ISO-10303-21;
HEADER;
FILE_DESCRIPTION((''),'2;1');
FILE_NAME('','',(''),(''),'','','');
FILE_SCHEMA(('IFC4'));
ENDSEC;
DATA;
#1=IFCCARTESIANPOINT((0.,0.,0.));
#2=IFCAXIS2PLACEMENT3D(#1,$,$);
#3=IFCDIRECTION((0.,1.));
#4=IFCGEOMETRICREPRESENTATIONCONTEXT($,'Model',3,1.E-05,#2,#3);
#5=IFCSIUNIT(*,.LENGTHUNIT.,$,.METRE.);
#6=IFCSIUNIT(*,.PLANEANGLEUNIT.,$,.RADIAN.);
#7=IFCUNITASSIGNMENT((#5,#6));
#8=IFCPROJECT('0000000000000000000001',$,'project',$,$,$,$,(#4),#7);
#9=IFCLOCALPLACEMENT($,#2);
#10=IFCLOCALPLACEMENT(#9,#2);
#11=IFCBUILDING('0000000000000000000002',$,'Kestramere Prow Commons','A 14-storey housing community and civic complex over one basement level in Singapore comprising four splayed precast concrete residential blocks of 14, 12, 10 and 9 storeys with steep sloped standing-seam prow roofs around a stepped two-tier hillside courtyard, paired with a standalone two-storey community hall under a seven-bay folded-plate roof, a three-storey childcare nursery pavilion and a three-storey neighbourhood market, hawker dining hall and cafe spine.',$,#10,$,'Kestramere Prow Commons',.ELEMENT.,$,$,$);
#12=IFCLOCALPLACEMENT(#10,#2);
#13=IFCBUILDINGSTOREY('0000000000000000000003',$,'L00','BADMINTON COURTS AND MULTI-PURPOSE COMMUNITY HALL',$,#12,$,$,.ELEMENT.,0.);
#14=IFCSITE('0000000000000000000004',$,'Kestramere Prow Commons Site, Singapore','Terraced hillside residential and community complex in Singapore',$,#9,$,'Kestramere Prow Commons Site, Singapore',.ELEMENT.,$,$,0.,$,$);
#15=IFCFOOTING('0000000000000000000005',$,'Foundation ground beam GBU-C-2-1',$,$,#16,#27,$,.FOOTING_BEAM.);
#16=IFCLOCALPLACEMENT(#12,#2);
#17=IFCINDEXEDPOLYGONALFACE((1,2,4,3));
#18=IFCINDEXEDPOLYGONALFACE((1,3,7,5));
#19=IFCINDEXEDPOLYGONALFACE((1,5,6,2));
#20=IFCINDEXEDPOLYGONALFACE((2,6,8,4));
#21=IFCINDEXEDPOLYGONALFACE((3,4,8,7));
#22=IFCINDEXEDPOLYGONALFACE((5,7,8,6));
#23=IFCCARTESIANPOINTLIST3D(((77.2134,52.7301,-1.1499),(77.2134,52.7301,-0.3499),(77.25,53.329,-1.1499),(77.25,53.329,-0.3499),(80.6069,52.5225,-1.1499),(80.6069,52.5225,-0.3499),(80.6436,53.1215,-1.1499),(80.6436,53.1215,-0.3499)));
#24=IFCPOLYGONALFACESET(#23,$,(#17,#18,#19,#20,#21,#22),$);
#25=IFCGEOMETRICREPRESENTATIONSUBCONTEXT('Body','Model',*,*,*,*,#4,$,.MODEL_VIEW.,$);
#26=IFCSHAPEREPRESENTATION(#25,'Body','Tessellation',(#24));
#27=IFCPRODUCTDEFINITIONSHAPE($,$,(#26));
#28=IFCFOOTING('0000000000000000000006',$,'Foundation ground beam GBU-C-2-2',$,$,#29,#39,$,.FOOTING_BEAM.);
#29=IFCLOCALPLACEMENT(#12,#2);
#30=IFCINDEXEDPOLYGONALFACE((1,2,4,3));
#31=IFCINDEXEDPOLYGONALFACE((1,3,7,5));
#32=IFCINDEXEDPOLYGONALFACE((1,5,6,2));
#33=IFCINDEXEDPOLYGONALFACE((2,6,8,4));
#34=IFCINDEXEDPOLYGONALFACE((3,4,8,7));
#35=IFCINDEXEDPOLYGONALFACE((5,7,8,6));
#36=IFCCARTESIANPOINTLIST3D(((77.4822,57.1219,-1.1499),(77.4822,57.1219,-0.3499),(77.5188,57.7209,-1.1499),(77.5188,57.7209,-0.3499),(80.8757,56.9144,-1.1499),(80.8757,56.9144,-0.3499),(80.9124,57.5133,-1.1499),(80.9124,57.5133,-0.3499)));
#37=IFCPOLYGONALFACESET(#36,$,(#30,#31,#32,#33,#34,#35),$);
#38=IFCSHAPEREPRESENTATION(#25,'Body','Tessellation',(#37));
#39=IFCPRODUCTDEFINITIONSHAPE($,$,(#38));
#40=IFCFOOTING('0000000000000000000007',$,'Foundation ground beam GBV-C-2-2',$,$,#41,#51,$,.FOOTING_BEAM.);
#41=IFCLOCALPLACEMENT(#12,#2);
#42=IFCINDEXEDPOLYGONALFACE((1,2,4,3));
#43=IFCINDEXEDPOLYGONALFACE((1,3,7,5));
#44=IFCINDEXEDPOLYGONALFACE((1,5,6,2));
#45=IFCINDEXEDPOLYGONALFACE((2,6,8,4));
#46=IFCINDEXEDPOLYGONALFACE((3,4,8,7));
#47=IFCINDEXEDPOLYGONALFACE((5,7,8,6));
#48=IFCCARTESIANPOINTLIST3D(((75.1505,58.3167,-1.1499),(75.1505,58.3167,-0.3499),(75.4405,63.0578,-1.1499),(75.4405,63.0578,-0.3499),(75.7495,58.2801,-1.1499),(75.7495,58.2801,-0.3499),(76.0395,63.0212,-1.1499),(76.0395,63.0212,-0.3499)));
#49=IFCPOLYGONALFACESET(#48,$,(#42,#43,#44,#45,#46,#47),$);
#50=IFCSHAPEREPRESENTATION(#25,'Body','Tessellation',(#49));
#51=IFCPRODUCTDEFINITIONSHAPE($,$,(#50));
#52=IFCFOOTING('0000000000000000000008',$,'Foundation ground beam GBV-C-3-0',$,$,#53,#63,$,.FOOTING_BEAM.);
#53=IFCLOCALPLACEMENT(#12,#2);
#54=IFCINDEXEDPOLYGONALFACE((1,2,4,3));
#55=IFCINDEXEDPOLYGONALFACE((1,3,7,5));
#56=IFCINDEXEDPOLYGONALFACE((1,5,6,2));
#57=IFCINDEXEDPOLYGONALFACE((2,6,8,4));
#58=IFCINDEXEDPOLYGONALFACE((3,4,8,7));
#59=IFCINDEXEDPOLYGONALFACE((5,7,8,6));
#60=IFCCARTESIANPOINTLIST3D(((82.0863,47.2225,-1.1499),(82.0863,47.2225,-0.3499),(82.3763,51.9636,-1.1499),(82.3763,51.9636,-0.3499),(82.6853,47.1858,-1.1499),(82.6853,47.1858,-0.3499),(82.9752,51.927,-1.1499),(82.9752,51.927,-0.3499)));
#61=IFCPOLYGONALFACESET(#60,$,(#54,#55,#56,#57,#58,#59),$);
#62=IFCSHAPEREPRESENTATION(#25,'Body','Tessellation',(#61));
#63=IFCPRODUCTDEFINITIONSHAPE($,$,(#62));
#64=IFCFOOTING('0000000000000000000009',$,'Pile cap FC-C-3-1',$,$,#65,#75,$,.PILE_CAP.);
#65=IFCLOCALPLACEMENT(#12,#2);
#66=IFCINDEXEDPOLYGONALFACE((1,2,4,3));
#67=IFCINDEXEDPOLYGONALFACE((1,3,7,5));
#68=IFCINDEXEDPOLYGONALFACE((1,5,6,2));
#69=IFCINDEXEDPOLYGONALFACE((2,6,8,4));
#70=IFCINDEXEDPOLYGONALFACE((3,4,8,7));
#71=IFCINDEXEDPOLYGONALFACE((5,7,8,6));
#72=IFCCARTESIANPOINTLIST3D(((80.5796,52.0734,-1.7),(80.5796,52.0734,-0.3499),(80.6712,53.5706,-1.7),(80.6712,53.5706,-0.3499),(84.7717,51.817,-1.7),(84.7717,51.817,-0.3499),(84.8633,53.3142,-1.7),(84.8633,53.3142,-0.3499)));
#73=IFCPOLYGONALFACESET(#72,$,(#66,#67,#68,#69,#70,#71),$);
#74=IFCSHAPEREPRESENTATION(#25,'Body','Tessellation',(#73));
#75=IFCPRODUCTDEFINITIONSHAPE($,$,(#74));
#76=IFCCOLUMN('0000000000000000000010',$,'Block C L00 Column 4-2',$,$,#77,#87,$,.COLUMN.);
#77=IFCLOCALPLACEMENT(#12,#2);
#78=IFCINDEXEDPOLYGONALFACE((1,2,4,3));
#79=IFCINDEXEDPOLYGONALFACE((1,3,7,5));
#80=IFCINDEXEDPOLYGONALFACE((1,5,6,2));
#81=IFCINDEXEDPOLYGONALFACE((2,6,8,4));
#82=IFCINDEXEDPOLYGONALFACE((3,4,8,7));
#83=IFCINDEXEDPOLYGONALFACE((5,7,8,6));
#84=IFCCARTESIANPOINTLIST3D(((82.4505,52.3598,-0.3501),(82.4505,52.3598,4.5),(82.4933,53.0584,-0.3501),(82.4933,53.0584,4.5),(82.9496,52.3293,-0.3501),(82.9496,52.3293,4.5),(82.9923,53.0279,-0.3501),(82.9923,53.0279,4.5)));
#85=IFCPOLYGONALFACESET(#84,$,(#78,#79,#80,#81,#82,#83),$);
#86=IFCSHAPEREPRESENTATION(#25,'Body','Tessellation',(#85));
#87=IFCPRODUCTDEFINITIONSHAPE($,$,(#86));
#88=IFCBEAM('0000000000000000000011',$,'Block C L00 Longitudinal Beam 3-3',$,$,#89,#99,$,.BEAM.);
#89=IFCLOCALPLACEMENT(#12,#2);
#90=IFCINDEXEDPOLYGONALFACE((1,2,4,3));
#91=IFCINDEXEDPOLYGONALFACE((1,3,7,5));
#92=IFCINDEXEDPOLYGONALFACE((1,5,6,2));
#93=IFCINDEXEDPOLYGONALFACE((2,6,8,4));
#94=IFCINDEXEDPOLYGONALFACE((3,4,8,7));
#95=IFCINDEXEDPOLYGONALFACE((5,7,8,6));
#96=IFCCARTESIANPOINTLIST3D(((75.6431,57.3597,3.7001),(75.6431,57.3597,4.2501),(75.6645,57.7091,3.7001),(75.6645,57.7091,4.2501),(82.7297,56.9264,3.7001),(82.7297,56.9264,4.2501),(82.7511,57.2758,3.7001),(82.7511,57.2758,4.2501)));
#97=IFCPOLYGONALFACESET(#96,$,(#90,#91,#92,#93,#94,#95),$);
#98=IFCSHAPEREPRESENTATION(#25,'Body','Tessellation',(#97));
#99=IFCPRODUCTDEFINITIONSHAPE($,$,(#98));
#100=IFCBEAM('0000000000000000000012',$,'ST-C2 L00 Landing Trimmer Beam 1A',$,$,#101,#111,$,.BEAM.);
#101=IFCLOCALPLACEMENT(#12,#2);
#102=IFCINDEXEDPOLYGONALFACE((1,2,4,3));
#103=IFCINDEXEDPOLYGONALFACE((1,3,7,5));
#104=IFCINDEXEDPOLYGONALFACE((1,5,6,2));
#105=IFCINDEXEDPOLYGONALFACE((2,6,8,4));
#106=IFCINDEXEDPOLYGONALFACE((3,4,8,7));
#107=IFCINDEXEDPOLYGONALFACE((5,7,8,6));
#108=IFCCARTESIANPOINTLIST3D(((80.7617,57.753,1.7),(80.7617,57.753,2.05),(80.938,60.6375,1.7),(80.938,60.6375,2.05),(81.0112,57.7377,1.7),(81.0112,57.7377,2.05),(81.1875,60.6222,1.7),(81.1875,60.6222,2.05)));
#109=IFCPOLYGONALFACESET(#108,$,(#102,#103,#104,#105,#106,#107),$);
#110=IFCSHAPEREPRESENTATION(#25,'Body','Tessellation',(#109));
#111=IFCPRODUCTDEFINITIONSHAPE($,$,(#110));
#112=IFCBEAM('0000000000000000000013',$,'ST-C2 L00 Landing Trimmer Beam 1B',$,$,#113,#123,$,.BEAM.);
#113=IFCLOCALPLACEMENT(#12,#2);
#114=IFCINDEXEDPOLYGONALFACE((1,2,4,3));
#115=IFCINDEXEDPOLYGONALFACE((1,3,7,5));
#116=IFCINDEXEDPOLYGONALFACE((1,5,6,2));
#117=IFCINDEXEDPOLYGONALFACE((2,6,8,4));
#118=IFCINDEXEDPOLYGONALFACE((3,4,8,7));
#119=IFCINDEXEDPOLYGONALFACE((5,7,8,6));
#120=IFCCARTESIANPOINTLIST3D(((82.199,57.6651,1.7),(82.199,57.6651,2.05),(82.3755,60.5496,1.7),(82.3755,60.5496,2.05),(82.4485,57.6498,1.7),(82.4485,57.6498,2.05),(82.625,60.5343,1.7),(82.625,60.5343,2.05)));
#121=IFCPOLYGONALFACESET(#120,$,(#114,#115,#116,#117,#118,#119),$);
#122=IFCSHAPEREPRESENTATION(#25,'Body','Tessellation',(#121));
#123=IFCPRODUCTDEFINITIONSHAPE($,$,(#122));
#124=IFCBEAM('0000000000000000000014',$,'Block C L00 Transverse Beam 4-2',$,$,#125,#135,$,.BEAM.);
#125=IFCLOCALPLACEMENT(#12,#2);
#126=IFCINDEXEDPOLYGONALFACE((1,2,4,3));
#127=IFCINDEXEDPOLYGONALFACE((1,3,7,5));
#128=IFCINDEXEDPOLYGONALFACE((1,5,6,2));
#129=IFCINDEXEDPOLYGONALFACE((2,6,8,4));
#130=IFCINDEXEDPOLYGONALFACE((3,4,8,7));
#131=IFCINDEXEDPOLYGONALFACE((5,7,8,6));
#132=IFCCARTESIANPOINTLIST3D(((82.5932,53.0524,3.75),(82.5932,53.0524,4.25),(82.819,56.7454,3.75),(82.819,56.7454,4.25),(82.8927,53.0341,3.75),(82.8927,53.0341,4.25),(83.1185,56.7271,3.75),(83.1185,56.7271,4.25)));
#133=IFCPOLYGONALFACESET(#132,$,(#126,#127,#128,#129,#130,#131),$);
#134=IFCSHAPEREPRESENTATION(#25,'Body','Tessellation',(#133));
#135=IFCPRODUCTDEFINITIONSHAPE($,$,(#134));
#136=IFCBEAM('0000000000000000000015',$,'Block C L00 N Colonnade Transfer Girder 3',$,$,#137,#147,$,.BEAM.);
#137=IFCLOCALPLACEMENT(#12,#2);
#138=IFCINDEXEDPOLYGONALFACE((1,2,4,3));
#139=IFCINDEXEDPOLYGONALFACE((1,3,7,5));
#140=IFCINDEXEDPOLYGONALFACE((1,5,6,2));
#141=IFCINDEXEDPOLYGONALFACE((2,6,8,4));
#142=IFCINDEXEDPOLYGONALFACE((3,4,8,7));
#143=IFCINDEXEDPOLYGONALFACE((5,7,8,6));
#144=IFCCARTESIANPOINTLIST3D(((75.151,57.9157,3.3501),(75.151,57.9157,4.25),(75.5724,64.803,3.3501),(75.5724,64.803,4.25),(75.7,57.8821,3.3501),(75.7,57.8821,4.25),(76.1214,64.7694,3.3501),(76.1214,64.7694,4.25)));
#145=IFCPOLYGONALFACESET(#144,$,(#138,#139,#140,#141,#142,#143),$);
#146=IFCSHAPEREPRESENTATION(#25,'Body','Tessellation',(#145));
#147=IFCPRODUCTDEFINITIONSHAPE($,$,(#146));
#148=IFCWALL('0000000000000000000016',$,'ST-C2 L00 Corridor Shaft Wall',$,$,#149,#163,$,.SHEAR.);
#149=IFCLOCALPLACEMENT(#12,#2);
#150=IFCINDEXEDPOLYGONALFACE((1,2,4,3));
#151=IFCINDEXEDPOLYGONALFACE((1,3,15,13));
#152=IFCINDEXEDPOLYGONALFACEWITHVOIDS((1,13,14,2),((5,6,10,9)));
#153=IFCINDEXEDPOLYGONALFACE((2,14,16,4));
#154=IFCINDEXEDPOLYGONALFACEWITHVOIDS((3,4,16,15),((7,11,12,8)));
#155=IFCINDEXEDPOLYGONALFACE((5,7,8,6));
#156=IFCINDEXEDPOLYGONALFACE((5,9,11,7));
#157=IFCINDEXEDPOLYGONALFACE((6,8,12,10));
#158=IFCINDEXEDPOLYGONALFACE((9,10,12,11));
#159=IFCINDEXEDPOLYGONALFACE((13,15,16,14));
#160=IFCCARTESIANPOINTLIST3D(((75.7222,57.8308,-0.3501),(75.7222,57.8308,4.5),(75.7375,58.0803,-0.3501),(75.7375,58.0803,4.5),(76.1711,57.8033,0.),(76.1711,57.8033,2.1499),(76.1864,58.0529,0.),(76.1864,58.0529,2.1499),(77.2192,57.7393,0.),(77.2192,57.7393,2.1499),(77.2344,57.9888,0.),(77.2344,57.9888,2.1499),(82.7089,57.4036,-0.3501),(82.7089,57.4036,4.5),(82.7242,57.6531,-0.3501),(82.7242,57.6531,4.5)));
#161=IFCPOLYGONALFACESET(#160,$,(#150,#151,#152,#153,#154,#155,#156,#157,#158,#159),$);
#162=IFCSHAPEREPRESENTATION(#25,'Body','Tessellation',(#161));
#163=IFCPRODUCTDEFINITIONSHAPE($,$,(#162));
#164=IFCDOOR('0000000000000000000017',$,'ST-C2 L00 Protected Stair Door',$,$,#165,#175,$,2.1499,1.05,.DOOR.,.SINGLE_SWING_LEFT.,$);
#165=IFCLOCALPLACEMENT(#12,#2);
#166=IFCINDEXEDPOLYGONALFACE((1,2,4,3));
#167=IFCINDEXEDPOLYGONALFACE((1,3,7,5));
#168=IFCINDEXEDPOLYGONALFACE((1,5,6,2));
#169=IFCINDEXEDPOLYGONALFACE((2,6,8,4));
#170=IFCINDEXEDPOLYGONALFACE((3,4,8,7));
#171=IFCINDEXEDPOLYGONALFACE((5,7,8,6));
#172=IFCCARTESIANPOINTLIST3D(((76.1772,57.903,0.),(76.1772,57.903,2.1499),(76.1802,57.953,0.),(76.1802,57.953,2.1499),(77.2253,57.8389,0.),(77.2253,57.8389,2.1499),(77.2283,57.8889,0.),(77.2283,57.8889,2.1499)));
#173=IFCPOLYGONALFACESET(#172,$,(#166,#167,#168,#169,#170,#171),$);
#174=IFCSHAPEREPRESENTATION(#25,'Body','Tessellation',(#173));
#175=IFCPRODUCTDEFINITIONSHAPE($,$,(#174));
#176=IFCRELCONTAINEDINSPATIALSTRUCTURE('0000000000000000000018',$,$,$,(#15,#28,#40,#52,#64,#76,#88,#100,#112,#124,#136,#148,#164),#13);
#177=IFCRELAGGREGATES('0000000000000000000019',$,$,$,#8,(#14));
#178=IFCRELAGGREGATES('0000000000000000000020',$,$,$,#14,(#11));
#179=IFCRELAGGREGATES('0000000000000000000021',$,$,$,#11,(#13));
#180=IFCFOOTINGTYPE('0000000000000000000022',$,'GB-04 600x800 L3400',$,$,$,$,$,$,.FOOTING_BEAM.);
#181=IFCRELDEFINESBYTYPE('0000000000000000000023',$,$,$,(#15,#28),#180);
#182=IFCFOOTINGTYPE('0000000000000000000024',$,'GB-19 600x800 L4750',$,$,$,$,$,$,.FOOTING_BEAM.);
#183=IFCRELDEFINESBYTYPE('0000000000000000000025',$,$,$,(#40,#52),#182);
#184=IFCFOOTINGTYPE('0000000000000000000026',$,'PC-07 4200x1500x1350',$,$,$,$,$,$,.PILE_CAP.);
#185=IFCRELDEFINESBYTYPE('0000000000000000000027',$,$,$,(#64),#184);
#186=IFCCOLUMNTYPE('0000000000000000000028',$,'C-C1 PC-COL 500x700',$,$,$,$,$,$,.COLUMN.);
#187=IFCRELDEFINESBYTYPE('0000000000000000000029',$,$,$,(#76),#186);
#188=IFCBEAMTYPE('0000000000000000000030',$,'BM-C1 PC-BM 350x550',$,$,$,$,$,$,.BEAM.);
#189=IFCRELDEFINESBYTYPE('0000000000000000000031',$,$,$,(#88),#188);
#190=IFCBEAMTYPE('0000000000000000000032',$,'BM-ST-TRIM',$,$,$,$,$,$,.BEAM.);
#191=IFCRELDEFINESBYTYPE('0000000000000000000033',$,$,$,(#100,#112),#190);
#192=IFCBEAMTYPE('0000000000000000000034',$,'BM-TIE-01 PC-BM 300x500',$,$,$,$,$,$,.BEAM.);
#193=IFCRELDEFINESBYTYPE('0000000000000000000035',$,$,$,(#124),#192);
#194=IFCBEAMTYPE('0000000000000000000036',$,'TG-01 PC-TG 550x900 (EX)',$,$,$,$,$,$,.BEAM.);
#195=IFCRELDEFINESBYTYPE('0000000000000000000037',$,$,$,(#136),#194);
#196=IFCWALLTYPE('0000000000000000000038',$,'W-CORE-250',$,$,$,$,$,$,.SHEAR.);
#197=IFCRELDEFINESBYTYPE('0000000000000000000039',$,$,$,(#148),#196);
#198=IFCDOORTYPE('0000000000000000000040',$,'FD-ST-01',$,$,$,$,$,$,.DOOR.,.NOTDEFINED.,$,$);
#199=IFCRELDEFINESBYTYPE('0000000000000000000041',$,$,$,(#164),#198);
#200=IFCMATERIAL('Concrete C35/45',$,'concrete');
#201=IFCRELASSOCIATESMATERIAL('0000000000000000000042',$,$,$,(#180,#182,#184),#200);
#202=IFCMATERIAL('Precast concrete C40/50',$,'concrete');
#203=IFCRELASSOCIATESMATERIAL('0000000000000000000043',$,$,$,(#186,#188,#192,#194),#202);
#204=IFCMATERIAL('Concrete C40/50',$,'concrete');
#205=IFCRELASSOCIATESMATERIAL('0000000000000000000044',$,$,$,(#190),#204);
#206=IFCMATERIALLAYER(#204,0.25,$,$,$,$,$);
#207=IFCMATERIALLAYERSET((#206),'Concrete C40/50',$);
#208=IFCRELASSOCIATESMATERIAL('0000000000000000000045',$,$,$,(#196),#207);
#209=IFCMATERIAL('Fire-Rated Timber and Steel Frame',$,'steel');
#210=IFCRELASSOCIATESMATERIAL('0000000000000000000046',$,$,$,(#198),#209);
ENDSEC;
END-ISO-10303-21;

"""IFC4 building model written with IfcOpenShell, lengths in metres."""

from ifc_helpers import new_model, si_unit, direction, frame, frame_2d, origin, origin_2d, place, context, subcontext, project, spatial, rectangle, extrude, material, layer, layer_set, material_profile, profile_set, type_object, element, fill, save


model = new_model("IFC4")

# Units and contexts
model_context = context("Model", 3, precision=1e-05, world=origin(), true_north=direction((0.0, 1.0)))
body_context = subcontext(model_context, "Body", "Model", "MODEL_VIEW")
ifc_project = project(units=[si_unit("LENGTHUNIT", "METRE"), si_unit("PLANEANGLEUNIT", "RADIAN")], contexts=[model_context])

# Site, building, storey
site_placement = place(None, origin())
site = spatial("IfcSite", under=ifc_project, at=site_placement, Name="Kestramere Prow Commons Site, Singapore", Description="Terraced hillside residential and community complex in Singapore", LongName="Kestramere Prow Commons Site, Singapore", CompositionType="ELEMENT", RefElevation=0.0)
building_placement = place(site_placement, origin())
building = spatial("IfcBuilding", under=site, at=building_placement, Name="Kestramere Prow Commons", Description="A 14-storey housing community and civic complex over one basement level in Singapore comprising four splayed precast concrete residential blocks of 14, 12, 10 and 9 storeys with steep sloped standing-seam prow roofs around a stepped two-tier hillside courtyard, paired with a standalone two-storey community hall under a seven-bay folded-plate roof, a three-storey childcare nursery pavilion and a three-storey neighbourhood market, hawker dining hall and cafe spine.", LongName="Kestramere Prow Commons", CompositionType="ELEMENT")
storey_placement = place(building_placement, origin())
storey = spatial("IfcBuildingStorey", under=building, at=storey_placement, Name="L00", Description="BADMINTON COURTS AND MULTI-PURPOSE COMMUNITY HALL", CompositionType="ELEMENT", Elevation=0.0)

# Shared definitions
ifc_material_1 = material(Name="Concrete C35/45", Category="concrete")

# Footings
footing_type_1 = type_object("IfcFootingType", Name="GB-04 600x800 L3400", PredefinedType="FOOTING_BEAM", material=ifc_material_1)
for number, where, z_axis, x_axis, name in (
    (1, (78.9285, 52.9258, -1.1499), (0.0, 0.0, 1.0), (0.998135, -0.061049, 0.0), "Foundation ground beam GBU-C-2-1"),
    (2, (79.1973, 57.3176, -1.1499), (0.0, 0.0, 1.0), (0.998135, -0.061049, 0.0), "Foundation ground beam GBU-C-2-2"),
):
    element("IfcFooting", number, at=place(storey_placement, frame(where, z_axis=z_axis, x_axis=x_axis)), inside=storey, type_object=footing_type_1, Name=name, PredefinedType="FOOTING_BEAM", context=body_context, shape_type="SweptSolid", body=[
        extrude(rectangle(XDim=3.3999, YDim=0.6001, at=origin_2d()), origin(), (0.0, 0.0, 1.0), 0.8),
    ])
footing_type_2 = type_object("IfcFootingType", Name="GB-19 600x800 L4750", PredefinedType="FOOTING_BEAM", material=ifc_material_1)
for number, where, z_axis, x_axis, name in (
    (3, (75.595, 60.6689, -1.1499), (0.0, 0.0, 1.0), (0.061049, 0.998135, 0.0), "Foundation ground beam GBV-C-2-2"),
    (4, (82.5308, 49.5747, -1.1499), (0.0, 0.0, 1.0), (0.061049, 0.998135, 0.0), "Foundation ground beam GBV-C-3-0"),
):
    element("IfcFooting", number, at=place(storey_placement, frame(where, z_axis=z_axis, x_axis=x_axis)), inside=storey, type_object=footing_type_2, Name=name, PredefinedType="FOOTING_BEAM", context=body_context, shape_type="SweptSolid", body=[
        extrude(rectangle(XDim=4.75, YDim=0.6001, at=origin_2d()), origin(), (0.0, 0.0, 1.0), 0.8),
    ])
footing_type_3 = type_object("IfcFootingType", Name="PC-07 4200x1500x1350", PredefinedType="PILE_CAP", material=ifc_material_1)
footing_1_placement = place(storey_placement, frame((82.7214, 52.6938, -1.7), z_axis=(0.0, 0.0, 1.0), x_axis=(0.998135, -0.061049, 0.0)))
element("IfcFooting", 5, at=footing_1_placement, inside=storey, type_object=footing_type_3, Name="Pile cap FC-C-3-1", PredefinedType="PILE_CAP", context=body_context, shape_type="SweptSolid", body=[
    extrude(rectangle(XDim=4.2, YDim=1.5, at=origin_2d()), origin(), (0.0, 0.0, 1.0), 1.3501),
])

# Column
ifc_material_2 = material(Name="Precast concrete C40/50", Category="concrete")
ifc_material_profile_1 = material_profile(ifc_material_2, rectangle(XDim=0.5, YDim=0.7, at=origin_2d()), Name="PC-COL 500x700")
ifc_profile_set_1 = profile_set([ifc_material_profile_1], Name="Precast concrete C40/50")
column_type = type_object("IfcColumnType", Name="C-C1 PC-COL 500x700", PredefinedType="COLUMN", material=ifc_profile_set_1)
column_placement = place(storey_placement, frame((82.7214, 52.6938, -0.3501), z_axis=(0.0, 0.0, 1.0), x_axis=(0.998135, -0.061049, 0.0)))
element("IfcColumn", 6, at=column_placement, inside=storey, type_object=column_type, Name="Block C L00 Column 4-2", PredefinedType="COLUMN", context=body_context, shape_type="SweptSolid", body=[
    extrude(rectangle(XDim=0.5, YDim=0.7, at=origin_2d()), origin(), (0.0, 0.0, 1.0), 4.8501),
])

# Beams
ifc_material_profile_2 = material_profile(ifc_material_2, rectangle(XDim=0.3501, YDim=0.55, at=origin_2d()), Name="PC-BM 350x550")
ifc_profile_set_2 = profile_set([ifc_material_profile_2], Name="Precast concrete C40/50")
beam_type_1 = type_object("IfcBeamType", Name="BM-C1 PC-BM 350x550", PredefinedType="BEAM", material=ifc_profile_set_2)
beam_1_placement = place(storey_placement, frame((75.6538, 57.5344, 3.9751), z_axis=(0.998136, -0.061036, 0.0), x_axis=(0.061036, 0.998136, 0.0)))
element("IfcBeam", 7, at=beam_1_placement, inside=storey, type_object=beam_type_1, Name="Block C L00 Longitudinal Beam 3-3", PredefinedType="BEAM", context=body_context, shape_type="SweptSolid", body=[
    extrude(rectangle(XDim=0.3501, YDim=0.55, at=origin_2d()), origin(), (0.0, 0.0, 1.0), 7.0999),
])
ifc_material_3 = material(Name="Concrete C40/50", Category="concrete")
ifc_material_profile_3 = material_profile(ifc_material_3, rectangle(XDim=0.25, YDim=0.3501, at=origin_2d()), Name="PC-BM 250x350")
ifc_profile_set_3 = profile_set([ifc_material_profile_3], Name="Concrete C40/50")
beam_type_2 = type_object("IfcBeamType", Name="BM-ST-TRIM", PredefinedType="BEAM", material=ifc_profile_set_3)
for number, where, z_axis, x_axis, name in (
    (8, (80.8865, 57.7454, 1.875), (0.060995, 0.998138, 0.0), (-0.998138, 0.060995, 0.0), "ST-C2 L00 Landing Trimmer Beam 1A"),
    (9, (82.3237, 57.6575, 1.875), (0.061079, 0.998133, 0.0), (-0.998133, 0.061079, 0.0), "ST-C2 L00 Landing Trimmer Beam 1B"),
):
    element("IfcBeam", number, at=place(storey_placement, frame(where, z_axis=z_axis, x_axis=x_axis)), inside=storey, type_object=beam_type_2, Name=name, PredefinedType="BEAM", context=body_context, shape_type="SweptSolid", body=[
        extrude(rectangle(XDim=0.25, YDim=0.3501, at=origin_2d()), origin(), (0.0, 0.0, 1.0), 2.8899),
    ])
ifc_material_profile_4 = material_profile(ifc_material_2, rectangle(XDim=0.3, YDim=0.5, at=origin_2d()), Name="PC-BM 300x500")
ifc_profile_set_4 = profile_set([ifc_material_profile_4], Name="Precast concrete C40/50")
beam_type_3 = type_object("IfcBeamType", Name="BM-TIE-01 PC-BM 300x500", PredefinedType="BEAM", material=ifc_profile_set_4)
beam_2_placement = place(storey_placement, frame((82.7429, 53.0432, 4.0), z_axis=(0.061035, 0.998136, 0.0), x_axis=(-0.998136, 0.061035, 0.0)))
element("IfcBeam", 10, at=beam_2_placement, inside=storey, type_object=beam_type_3, Name="Block C L00 Transverse Beam 4-2", PredefinedType="BEAM", context=body_context, shape_type="SweptSolid", body=[
    extrude(rectangle(XDim=0.3, YDim=0.5, at=origin_2d()), origin(), (0.0, 0.0, 1.0), 3.7),
])
ifc_material_profile_5 = material_profile(ifc_material_2, rectangle(XDim=0.55, YDim=0.8999, at=origin_2d()), Name="PC-TG 550x900")
ifc_profile_set_5 = profile_set([ifc_material_profile_5], Name="Precast concrete C40/50")
beam_type_4 = type_object("IfcBeamType", Name="TG-01 PC-TG 550x900 (EX)", PredefinedType="BEAM", material=ifc_profile_set_5)
beam_3_placement = place(storey_placement, frame((75.4255, 57.8989, 3.8), z_axis=(0.06107, 0.998133, 0.0), x_axis=(-0.998133, 0.06107, 0.0)))
element("IfcBeam", 11, at=beam_3_placement, inside=storey, type_object=beam_type_4, Name="Block C L00 N Colonnade Transfer Girder 3", PredefinedType="BEAM", context=body_context, shape_type="SweptSolid", body=[
    extrude(rectangle(XDim=0.55, YDim=0.8999, at=origin_2d()), origin(), (0.0, 0.0, 1.0), 6.9001),
])

# Wall, opening, door
ifc_layer_1 = layer(ifc_material_3, 0.25)
ifc_layer_set_1 = layer_set([ifc_layer_1], Name="Concrete C40/50")
wall_type_1 = type_object("IfcWallType", Name="W-CORE-250", PredefinedType="SHEAR", material=ifc_layer_set_1)
wall_1_placement = place(storey_placement, frame((75.7297, 57.9556, -0.3501), z_axis=(0.0, 0.0, 1.0), x_axis=(0.998136, -0.061036, 0.0)))
wall_1 = element("IfcWall", 12, at=wall_1_placement, inside=storey, type_object=wall_type_1, Name="ST-C2 L00 Corridor Shaft Wall", PredefinedType="SHEAR", context=body_context, shape_type="SweptSolid", body=[
    extrude(rectangle(XDim=6.9998, YDim=0.25, at=frame_2d((3.5, 0.0))), origin(), (0.0, 0.0, 1.0), 4.8501),
])
opening_1_placement = place(wall_1_placement, frame((0.45, 0.0, 0.3501)))
opening_1 = element("IfcOpeningElement", 13, at=opening_1_placement, cuts=wall_1, PredefinedType="OPENING", context=body_context, shape_type="SweptSolid", body=[
    extrude(rectangle(XDim=1.05, YDim=2.1499, at=frame_2d((0.5249, 1.075))), frame((0.0, 0.1399, 0.0), z_axis=(0.0, -1.0, 0.0), x_axis=(1.0, 0.0, 0.0)), (0.0, 0.0, 1.0), 0.28),
])
ifc_material_4 = material(Name="Fire-Rated Timber and Steel Frame", Category="steel")
door_type_1 = type_object("IfcDoorType", Name="FD-ST-01", OperationType="NOTDEFINED", PredefinedType="DOOR", material=ifc_material_4)
door_1_placement = place(opening_1_placement, origin())
door_1 = element("IfcDoor", 14, at=door_1_placement, inside=storey, type_object=door_type_1, Name="ST-C2 L00 Protected Stair Door", OperationType="SINGLE_SWING_LEFT", OverallHeight=2.1499, OverallWidth=1.05, PredefinedType="DOOR", context=body_context, shape_type="SweptSolid", body=[
    extrude(rectangle(XDim=1.05, YDim=2.1499, at=frame_2d((0.5249, 1.075))), frame((0.0, 0.0249, 0.0), z_axis=(0.0, -1.0, 0.0), x_axis=(1.0, 0.0, 0.0)), (0.0, 0.0, 1.0), 0.05),
])
fill(opening_1, door_1)

save(model, "model.ifc")
